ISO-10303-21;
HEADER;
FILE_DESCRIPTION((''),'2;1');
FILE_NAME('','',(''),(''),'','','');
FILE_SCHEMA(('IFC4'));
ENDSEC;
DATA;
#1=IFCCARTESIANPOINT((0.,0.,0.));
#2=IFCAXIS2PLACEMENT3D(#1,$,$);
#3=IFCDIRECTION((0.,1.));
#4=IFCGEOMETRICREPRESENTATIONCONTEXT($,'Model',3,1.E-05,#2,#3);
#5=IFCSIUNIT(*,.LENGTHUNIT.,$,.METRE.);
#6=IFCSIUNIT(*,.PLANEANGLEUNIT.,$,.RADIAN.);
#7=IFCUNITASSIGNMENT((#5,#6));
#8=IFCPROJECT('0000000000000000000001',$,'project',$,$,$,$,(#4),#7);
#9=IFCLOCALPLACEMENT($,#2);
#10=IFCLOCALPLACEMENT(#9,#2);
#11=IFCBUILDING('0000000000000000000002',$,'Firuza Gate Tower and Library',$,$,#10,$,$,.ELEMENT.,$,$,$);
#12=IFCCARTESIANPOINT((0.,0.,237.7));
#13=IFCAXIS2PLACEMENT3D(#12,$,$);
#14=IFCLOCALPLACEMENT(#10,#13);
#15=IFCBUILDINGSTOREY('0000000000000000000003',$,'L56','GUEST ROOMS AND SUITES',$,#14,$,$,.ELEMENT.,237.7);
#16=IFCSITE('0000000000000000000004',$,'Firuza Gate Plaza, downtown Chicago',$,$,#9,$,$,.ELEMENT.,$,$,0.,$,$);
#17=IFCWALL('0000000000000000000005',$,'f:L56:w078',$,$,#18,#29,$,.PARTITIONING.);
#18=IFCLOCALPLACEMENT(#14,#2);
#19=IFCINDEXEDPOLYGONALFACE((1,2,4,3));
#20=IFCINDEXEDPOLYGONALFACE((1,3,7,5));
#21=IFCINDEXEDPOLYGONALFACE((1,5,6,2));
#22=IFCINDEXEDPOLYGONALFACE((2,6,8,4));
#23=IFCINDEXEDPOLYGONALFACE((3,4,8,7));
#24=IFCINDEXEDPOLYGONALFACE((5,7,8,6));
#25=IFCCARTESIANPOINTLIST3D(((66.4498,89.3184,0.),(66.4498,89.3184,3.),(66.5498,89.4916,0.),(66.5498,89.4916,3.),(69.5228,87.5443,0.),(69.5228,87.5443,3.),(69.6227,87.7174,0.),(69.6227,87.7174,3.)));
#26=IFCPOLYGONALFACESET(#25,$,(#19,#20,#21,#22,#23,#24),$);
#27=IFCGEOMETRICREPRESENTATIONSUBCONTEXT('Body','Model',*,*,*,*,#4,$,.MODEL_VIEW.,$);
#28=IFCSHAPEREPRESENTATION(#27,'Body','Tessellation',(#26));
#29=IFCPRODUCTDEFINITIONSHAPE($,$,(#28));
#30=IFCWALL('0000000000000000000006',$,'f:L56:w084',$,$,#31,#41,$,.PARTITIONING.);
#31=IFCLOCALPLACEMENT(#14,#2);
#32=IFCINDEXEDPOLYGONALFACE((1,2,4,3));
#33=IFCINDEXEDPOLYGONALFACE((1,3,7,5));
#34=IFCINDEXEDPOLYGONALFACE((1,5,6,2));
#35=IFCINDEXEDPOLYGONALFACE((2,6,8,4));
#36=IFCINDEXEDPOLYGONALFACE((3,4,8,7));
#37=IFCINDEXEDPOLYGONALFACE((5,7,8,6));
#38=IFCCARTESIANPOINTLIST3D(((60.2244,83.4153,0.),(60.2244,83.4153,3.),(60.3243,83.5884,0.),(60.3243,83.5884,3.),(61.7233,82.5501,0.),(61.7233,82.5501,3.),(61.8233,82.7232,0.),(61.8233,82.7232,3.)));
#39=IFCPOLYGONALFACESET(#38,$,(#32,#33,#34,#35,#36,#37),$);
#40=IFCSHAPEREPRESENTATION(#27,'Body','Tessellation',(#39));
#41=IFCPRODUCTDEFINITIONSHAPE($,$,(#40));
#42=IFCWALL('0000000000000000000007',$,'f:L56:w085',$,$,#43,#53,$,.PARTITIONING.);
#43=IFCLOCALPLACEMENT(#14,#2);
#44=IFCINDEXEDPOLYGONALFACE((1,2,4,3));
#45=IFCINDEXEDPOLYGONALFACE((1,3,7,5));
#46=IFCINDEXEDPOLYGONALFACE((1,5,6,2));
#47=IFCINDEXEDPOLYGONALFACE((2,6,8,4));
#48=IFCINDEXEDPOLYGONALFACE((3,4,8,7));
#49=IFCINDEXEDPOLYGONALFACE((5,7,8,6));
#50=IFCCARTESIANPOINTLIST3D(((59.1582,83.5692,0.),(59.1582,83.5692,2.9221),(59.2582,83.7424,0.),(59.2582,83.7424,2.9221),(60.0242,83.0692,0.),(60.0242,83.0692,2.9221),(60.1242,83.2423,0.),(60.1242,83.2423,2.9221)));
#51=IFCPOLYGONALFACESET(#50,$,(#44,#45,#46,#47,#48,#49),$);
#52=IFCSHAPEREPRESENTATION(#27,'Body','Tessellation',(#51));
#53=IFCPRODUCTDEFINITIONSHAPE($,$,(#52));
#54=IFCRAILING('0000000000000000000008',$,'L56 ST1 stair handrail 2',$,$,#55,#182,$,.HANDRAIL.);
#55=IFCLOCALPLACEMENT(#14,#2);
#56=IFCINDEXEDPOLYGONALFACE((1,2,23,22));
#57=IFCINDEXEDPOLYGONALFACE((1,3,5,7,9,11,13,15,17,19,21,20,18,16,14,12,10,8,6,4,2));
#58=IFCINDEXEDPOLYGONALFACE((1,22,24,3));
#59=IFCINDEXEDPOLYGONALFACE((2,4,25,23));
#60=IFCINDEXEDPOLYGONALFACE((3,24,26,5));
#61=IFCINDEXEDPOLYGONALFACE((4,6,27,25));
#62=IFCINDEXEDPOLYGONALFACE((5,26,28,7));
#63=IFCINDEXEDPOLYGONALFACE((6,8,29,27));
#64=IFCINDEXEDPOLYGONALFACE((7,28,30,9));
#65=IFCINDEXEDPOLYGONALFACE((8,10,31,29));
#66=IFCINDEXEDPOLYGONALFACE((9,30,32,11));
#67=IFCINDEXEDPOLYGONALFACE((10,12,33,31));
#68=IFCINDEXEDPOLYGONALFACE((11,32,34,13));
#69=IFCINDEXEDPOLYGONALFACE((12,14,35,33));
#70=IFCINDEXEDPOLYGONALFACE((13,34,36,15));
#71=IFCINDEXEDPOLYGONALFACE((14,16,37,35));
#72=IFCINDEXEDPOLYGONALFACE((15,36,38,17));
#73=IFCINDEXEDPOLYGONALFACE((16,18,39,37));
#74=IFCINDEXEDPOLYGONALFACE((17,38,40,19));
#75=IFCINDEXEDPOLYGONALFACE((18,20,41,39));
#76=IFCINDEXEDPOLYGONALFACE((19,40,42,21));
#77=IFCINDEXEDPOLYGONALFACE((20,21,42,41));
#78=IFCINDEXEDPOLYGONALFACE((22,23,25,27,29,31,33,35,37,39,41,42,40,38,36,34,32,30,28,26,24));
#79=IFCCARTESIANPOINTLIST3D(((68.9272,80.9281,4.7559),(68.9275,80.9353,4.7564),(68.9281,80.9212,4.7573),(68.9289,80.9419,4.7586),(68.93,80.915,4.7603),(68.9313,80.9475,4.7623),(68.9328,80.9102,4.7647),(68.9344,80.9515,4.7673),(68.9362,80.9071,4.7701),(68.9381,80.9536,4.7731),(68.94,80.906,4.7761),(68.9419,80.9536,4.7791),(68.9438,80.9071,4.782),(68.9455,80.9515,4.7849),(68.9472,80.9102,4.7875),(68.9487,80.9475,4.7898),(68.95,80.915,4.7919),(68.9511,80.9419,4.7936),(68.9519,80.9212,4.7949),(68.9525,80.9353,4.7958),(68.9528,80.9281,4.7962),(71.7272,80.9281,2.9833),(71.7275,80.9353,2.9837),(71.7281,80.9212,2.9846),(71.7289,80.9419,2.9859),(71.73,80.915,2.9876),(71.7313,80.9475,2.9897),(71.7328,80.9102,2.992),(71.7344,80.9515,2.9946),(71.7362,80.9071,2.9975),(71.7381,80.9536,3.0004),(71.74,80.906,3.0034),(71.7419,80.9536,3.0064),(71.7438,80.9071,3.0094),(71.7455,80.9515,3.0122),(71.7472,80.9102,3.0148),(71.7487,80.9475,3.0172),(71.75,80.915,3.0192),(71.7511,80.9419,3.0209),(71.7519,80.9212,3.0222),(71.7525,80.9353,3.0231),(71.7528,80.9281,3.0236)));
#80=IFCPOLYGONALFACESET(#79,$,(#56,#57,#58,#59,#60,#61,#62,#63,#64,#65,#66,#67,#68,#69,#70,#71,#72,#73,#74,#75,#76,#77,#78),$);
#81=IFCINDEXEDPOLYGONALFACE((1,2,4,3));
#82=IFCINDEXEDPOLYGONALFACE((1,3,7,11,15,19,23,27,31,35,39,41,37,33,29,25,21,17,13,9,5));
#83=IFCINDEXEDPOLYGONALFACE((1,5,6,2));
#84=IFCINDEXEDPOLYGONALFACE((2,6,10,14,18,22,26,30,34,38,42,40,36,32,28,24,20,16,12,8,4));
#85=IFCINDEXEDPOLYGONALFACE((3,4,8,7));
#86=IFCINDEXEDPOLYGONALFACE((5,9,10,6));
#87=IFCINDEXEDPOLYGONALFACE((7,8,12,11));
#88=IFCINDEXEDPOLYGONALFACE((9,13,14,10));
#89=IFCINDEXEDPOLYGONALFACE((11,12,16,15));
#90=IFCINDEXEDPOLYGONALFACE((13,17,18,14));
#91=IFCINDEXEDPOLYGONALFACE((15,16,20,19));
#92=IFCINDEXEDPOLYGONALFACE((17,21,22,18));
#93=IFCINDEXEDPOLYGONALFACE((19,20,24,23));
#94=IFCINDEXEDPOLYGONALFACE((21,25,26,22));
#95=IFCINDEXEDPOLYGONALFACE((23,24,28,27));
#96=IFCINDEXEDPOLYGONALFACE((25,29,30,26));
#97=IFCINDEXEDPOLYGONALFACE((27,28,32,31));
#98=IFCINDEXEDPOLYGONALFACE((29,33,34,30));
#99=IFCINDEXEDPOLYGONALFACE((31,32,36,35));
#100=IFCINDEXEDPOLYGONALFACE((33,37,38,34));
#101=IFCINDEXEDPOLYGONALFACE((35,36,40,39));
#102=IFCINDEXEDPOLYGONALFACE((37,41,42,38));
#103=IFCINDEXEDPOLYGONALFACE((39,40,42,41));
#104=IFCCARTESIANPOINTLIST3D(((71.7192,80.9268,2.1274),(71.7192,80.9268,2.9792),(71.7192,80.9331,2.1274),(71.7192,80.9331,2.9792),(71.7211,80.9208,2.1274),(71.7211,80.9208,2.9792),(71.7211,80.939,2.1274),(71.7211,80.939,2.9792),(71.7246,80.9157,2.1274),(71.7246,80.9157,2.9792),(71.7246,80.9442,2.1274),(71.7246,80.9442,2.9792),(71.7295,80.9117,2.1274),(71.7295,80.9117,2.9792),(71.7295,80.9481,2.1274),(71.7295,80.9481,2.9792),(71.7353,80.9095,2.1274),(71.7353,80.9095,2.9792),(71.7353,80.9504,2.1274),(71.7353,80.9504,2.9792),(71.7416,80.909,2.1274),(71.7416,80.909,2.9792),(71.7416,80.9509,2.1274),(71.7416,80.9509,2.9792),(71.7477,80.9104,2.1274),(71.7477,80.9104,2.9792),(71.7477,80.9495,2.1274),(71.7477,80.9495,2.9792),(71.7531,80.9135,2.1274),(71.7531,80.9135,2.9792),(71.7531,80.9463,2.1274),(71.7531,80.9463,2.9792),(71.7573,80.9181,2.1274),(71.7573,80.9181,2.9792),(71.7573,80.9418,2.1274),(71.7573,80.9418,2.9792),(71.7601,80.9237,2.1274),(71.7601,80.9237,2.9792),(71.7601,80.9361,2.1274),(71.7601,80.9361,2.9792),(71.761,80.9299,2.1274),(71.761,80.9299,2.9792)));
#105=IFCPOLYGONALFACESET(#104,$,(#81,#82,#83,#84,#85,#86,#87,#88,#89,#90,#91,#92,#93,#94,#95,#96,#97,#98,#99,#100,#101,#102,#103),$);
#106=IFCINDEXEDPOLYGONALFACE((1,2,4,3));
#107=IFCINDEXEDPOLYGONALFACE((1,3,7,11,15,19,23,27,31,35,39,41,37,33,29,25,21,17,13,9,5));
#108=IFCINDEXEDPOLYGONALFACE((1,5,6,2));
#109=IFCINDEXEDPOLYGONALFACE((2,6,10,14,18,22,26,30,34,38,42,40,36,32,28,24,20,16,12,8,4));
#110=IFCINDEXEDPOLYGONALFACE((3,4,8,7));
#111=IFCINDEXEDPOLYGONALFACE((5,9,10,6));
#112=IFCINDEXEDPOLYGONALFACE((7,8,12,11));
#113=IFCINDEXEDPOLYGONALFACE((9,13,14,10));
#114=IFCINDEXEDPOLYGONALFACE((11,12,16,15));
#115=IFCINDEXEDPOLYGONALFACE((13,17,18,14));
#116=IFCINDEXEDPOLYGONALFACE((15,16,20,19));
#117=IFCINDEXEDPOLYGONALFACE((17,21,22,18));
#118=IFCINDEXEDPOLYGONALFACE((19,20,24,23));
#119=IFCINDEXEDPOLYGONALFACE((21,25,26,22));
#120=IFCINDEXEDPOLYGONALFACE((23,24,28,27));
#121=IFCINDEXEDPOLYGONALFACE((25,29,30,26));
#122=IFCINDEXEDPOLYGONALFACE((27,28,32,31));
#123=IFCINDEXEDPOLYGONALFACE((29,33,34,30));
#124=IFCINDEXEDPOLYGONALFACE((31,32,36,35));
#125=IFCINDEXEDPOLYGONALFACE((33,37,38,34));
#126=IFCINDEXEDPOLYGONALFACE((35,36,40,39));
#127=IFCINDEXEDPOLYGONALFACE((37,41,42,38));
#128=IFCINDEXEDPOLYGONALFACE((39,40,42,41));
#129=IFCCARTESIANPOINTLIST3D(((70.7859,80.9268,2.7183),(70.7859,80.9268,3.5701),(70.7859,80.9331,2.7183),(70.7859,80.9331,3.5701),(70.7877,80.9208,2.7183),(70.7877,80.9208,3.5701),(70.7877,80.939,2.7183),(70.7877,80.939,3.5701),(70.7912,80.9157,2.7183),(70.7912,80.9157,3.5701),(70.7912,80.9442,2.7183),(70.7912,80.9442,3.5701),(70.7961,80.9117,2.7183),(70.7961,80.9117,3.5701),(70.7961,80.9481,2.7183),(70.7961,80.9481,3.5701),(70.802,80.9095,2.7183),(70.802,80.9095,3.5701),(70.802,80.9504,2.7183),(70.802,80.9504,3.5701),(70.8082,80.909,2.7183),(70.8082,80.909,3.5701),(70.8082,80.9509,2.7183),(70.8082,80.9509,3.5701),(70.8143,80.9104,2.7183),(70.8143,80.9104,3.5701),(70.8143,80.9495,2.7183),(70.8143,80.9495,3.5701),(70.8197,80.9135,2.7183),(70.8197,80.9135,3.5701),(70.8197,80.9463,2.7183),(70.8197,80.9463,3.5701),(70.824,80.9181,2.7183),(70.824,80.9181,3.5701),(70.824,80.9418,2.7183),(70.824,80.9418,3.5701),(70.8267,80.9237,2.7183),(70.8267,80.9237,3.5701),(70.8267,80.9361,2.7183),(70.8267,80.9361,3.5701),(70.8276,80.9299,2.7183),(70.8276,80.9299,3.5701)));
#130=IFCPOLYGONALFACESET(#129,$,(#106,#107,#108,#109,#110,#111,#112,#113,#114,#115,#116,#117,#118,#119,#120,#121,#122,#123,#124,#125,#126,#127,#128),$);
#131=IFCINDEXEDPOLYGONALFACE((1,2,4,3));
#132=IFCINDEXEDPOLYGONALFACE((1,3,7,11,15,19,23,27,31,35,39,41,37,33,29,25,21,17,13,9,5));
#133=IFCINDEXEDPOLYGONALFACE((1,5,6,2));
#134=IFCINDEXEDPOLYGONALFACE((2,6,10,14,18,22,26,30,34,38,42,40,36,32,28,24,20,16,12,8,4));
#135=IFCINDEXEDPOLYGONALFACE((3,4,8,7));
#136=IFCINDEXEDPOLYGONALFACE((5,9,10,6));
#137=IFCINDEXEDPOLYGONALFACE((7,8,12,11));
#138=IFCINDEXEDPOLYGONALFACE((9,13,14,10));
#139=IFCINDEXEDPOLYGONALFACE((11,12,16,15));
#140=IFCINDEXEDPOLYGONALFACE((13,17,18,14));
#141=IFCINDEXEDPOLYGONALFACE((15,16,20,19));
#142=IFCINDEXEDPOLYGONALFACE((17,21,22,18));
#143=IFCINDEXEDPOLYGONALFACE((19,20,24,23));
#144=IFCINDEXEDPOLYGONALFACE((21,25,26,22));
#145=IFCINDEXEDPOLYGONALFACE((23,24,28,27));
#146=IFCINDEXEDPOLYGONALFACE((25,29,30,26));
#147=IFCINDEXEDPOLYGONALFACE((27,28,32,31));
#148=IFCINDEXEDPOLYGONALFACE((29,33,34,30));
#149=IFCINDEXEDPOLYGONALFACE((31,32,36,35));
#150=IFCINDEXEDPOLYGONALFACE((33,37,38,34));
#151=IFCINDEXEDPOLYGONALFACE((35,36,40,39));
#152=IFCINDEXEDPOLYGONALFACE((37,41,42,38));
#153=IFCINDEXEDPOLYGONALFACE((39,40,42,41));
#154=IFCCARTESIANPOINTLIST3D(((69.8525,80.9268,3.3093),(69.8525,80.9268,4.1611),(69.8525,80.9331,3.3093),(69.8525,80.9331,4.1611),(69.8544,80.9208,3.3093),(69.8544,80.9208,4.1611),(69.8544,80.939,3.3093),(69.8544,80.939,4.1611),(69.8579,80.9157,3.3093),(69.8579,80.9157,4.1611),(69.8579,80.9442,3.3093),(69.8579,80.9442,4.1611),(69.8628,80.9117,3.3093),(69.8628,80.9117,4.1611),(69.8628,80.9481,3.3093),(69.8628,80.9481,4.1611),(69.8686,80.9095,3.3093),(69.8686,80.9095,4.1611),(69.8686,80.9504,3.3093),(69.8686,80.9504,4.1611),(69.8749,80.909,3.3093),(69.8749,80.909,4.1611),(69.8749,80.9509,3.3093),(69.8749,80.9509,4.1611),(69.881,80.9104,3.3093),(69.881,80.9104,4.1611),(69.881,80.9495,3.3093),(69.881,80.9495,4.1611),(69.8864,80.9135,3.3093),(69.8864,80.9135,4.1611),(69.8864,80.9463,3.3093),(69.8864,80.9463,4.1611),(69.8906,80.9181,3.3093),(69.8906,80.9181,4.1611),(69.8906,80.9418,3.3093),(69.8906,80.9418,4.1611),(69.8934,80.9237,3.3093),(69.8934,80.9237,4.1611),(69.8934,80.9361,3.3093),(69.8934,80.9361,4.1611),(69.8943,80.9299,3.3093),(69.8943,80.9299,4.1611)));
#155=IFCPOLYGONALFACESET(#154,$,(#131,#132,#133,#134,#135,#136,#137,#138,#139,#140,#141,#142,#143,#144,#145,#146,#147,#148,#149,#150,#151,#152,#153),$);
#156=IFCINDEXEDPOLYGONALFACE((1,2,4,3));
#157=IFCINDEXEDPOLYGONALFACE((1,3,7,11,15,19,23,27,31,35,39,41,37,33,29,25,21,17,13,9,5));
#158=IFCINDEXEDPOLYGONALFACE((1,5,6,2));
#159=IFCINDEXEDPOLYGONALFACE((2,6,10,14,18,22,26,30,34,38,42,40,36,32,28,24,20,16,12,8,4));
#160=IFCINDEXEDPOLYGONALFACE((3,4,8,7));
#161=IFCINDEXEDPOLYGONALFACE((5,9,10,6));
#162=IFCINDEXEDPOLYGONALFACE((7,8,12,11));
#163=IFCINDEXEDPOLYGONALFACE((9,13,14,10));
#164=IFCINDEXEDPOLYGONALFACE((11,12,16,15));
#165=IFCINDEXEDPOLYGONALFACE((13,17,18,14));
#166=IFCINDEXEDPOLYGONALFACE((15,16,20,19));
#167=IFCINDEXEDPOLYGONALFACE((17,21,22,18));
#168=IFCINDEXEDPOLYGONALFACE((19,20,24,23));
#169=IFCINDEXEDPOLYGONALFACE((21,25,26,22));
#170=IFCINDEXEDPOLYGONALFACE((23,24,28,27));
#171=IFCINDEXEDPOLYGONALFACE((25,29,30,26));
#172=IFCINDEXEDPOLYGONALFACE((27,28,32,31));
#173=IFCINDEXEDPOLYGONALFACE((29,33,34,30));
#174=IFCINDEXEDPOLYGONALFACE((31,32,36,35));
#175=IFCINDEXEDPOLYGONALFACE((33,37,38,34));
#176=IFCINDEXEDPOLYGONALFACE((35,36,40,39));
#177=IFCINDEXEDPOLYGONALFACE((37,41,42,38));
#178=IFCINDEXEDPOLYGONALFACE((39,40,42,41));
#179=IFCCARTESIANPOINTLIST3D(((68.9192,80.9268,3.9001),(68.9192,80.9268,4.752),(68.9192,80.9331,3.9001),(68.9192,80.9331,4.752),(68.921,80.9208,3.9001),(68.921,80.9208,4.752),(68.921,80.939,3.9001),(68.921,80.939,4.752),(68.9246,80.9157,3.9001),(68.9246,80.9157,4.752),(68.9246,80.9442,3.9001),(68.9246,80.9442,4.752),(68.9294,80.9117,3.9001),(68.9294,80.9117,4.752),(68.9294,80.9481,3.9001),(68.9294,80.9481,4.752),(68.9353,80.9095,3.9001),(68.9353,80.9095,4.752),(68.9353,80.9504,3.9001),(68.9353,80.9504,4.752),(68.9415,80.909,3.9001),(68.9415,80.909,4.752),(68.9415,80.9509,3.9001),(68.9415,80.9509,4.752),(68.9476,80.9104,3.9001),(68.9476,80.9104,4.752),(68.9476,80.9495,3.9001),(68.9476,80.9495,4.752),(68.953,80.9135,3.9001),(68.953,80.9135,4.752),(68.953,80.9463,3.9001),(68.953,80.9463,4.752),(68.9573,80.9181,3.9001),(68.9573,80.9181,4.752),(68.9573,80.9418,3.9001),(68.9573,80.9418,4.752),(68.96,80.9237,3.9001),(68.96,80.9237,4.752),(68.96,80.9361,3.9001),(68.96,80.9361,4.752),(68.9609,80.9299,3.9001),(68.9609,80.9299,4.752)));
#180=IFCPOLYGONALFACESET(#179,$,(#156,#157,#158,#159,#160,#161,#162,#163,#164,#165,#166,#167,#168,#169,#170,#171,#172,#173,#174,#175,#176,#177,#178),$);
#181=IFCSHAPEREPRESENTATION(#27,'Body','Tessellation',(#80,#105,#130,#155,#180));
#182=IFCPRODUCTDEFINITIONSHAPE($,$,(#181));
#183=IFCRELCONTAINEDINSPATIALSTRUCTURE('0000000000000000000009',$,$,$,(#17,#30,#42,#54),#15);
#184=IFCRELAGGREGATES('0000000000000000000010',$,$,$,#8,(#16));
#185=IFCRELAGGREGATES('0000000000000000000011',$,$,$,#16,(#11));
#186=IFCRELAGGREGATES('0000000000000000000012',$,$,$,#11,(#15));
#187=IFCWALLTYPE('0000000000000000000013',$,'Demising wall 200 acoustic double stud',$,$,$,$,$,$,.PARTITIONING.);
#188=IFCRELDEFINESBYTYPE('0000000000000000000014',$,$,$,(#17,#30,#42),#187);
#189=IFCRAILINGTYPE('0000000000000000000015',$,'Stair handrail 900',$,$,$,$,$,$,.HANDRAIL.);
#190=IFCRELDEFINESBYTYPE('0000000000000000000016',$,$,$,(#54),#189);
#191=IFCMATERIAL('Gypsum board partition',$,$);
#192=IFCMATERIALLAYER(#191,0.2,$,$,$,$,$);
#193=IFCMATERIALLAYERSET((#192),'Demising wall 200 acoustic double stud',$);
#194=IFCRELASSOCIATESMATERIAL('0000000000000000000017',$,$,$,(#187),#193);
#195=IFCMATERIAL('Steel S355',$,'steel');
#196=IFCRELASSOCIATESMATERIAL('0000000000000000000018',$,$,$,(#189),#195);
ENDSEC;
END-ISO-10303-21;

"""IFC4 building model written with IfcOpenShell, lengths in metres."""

from ifc_helpers import new_model, si_unit, direction, frame, frame_2d, origin, origin_2d, place, context, subcontext, project, spatial, rectangle, circle, extrude, material, layer, layer_set, type_object, element, save


model = new_model("IFC4")

# Units and contexts
model_context = context("Model", 3, precision=1e-05, world=origin(), true_north=direction((0.0, 1.0)))
body_context = subcontext(model_context, "Body", "Model", "MODEL_VIEW")
ifc_project = project(units=[si_unit("LENGTHUNIT", "METRE"), si_unit("PLANEANGLEUNIT", "RADIAN")], contexts=[model_context])

# Site, building, storey
site_placement = place(None, origin())
site = spatial("IfcSite", under=ifc_project, at=site_placement, Name="Firuza Gate Plaza, downtown Chicago", CompositionType="ELEMENT", RefElevation=0.0)
building_placement = place(site_placement, origin())
building = spatial("IfcBuilding", under=site, at=building_placement, Name="Firuza Gate Tower and Library", CompositionType="ELEMENT")
storey_placement = place(building_placement, frame((0.0, 0.0, 237.7)))
storey = spatial("IfcBuildingStorey", under=building, at=storey_placement, Name="L56", Description="GUEST ROOMS AND SUITES", CompositionType="ELEMENT", Elevation=237.7)

# Walls
ifc_material_1 = material(Name="Gypsum board partition")
ifc_layer_1 = layer(ifc_material_1, 0.2)
ifc_layer_set_1 = layer_set([ifc_layer_1], Name="Demising wall 200 acoustic double stud")
wall_type_1 = type_object("IfcWallType", Name="Demising wall 200 acoustic double stud", PredefinedType="PARTITIONING", material=ifc_layer_set_1)
wall_1_placement = place(storey_placement, frame((69.5728, 87.6309, 0.0), z_axis=(0.0, 0.0, 1.0), x_axis=(-0.866029, 0.499994, 0.0)))
element("IfcWall", 1, at=wall_1_placement, inside=storey, type_object=wall_type_1, Name="f:L56:w078", PredefinedType="PARTITIONING", context=body_context, shape_type="SweptSolid", body=[
    extrude(rectangle(XDim=3.5483, YDim=0.2, at=frame_2d((1.7742, 0.0))), origin(), (0.0, 0.0, 1.0), 3.0),
])
wall_2_placement = place(storey_placement, frame((61.7732, 82.6367, 0.0), z_axis=(0.0, 0.0, 1.0), x_axis=(-0.866082, 0.499902, 0.0)))
element("IfcWall", 2, at=wall_2_placement, inside=storey, type_object=wall_type_1, Name="f:L56:w084", PredefinedType="PARTITIONING", context=body_context, shape_type="SweptSolid", body=[
    extrude(rectangle(XDim=1.7307, YDim=0.2, at=frame_2d((0.8652, 0.0))), origin(), (0.0, 0.0, 1.0), 3.0),
])
wall_3_placement = place(storey_placement, frame((60.0742, 83.1558, 0.0), z_axis=(0.0, 0.0, 1.0), x_axis=(-0.866011, 0.500025, 0.0)))
element("IfcWall", 3, at=wall_3_placement, inside=storey, type_object=wall_type_1, Name="f:L56:w085", PredefinedType="PARTITIONING", context=body_context, shape_type="SweptSolid", body=[
    extrude(rectangle(XDim=1.0, YDim=0.2, at=frame_2d((0.5, 0.0))), origin(), (0.0, 0.0, 1.0), 2.9221),
])

# Railing
ifc_material_2 = material(Name="Steel S355", Category="steel")
railing_type = type_object("IfcRailingType", Name="Stair handrail 900", PredefinedType="HANDRAIL", material=ifc_material_2)
railing_placement = place(storey_placement, frame((71.74, 80.9299, 2.1274)))
element("IfcRailing", 4, at=railing_placement, inside=storey, type_object=railing_type, Name="L56 ST1 stair handrail 2", PredefinedType="HANDRAIL", context=body_context, shape_type="SweptSolid", body=[
    extrude(circle(Radius=0.0239, at=origin_2d()), frame((0.0, 0.0, 0.876), z_axis=(-0.844909, 0.0, 0.53491), x_axis=(0.0, -1.0, 0.0)), (0.0, 0.0, 1.0), 3.314),
    extrude(circle(Radius=0.021, at=origin_2d()), origin(), (0.0, 0.0, 1.0), 0.8518),
    extrude(circle(Radius=0.021, at=origin_2d()), frame((-0.9333, 0.0, 0.5908)), (0.0, 0.0, 1.0), 0.8518),
    extrude(circle(Radius=0.021, at=origin_2d()), frame((-1.8667, 0.0, 1.1819)), (0.0, 0.0, 1.0), 0.8518),
    extrude(circle(Radius=0.021, at=origin_2d()), frame((-2.8, 0.0, 1.7727)), (0.0, 0.0, 1.0), 0.8518),
])

save(model, "model.ifc")
